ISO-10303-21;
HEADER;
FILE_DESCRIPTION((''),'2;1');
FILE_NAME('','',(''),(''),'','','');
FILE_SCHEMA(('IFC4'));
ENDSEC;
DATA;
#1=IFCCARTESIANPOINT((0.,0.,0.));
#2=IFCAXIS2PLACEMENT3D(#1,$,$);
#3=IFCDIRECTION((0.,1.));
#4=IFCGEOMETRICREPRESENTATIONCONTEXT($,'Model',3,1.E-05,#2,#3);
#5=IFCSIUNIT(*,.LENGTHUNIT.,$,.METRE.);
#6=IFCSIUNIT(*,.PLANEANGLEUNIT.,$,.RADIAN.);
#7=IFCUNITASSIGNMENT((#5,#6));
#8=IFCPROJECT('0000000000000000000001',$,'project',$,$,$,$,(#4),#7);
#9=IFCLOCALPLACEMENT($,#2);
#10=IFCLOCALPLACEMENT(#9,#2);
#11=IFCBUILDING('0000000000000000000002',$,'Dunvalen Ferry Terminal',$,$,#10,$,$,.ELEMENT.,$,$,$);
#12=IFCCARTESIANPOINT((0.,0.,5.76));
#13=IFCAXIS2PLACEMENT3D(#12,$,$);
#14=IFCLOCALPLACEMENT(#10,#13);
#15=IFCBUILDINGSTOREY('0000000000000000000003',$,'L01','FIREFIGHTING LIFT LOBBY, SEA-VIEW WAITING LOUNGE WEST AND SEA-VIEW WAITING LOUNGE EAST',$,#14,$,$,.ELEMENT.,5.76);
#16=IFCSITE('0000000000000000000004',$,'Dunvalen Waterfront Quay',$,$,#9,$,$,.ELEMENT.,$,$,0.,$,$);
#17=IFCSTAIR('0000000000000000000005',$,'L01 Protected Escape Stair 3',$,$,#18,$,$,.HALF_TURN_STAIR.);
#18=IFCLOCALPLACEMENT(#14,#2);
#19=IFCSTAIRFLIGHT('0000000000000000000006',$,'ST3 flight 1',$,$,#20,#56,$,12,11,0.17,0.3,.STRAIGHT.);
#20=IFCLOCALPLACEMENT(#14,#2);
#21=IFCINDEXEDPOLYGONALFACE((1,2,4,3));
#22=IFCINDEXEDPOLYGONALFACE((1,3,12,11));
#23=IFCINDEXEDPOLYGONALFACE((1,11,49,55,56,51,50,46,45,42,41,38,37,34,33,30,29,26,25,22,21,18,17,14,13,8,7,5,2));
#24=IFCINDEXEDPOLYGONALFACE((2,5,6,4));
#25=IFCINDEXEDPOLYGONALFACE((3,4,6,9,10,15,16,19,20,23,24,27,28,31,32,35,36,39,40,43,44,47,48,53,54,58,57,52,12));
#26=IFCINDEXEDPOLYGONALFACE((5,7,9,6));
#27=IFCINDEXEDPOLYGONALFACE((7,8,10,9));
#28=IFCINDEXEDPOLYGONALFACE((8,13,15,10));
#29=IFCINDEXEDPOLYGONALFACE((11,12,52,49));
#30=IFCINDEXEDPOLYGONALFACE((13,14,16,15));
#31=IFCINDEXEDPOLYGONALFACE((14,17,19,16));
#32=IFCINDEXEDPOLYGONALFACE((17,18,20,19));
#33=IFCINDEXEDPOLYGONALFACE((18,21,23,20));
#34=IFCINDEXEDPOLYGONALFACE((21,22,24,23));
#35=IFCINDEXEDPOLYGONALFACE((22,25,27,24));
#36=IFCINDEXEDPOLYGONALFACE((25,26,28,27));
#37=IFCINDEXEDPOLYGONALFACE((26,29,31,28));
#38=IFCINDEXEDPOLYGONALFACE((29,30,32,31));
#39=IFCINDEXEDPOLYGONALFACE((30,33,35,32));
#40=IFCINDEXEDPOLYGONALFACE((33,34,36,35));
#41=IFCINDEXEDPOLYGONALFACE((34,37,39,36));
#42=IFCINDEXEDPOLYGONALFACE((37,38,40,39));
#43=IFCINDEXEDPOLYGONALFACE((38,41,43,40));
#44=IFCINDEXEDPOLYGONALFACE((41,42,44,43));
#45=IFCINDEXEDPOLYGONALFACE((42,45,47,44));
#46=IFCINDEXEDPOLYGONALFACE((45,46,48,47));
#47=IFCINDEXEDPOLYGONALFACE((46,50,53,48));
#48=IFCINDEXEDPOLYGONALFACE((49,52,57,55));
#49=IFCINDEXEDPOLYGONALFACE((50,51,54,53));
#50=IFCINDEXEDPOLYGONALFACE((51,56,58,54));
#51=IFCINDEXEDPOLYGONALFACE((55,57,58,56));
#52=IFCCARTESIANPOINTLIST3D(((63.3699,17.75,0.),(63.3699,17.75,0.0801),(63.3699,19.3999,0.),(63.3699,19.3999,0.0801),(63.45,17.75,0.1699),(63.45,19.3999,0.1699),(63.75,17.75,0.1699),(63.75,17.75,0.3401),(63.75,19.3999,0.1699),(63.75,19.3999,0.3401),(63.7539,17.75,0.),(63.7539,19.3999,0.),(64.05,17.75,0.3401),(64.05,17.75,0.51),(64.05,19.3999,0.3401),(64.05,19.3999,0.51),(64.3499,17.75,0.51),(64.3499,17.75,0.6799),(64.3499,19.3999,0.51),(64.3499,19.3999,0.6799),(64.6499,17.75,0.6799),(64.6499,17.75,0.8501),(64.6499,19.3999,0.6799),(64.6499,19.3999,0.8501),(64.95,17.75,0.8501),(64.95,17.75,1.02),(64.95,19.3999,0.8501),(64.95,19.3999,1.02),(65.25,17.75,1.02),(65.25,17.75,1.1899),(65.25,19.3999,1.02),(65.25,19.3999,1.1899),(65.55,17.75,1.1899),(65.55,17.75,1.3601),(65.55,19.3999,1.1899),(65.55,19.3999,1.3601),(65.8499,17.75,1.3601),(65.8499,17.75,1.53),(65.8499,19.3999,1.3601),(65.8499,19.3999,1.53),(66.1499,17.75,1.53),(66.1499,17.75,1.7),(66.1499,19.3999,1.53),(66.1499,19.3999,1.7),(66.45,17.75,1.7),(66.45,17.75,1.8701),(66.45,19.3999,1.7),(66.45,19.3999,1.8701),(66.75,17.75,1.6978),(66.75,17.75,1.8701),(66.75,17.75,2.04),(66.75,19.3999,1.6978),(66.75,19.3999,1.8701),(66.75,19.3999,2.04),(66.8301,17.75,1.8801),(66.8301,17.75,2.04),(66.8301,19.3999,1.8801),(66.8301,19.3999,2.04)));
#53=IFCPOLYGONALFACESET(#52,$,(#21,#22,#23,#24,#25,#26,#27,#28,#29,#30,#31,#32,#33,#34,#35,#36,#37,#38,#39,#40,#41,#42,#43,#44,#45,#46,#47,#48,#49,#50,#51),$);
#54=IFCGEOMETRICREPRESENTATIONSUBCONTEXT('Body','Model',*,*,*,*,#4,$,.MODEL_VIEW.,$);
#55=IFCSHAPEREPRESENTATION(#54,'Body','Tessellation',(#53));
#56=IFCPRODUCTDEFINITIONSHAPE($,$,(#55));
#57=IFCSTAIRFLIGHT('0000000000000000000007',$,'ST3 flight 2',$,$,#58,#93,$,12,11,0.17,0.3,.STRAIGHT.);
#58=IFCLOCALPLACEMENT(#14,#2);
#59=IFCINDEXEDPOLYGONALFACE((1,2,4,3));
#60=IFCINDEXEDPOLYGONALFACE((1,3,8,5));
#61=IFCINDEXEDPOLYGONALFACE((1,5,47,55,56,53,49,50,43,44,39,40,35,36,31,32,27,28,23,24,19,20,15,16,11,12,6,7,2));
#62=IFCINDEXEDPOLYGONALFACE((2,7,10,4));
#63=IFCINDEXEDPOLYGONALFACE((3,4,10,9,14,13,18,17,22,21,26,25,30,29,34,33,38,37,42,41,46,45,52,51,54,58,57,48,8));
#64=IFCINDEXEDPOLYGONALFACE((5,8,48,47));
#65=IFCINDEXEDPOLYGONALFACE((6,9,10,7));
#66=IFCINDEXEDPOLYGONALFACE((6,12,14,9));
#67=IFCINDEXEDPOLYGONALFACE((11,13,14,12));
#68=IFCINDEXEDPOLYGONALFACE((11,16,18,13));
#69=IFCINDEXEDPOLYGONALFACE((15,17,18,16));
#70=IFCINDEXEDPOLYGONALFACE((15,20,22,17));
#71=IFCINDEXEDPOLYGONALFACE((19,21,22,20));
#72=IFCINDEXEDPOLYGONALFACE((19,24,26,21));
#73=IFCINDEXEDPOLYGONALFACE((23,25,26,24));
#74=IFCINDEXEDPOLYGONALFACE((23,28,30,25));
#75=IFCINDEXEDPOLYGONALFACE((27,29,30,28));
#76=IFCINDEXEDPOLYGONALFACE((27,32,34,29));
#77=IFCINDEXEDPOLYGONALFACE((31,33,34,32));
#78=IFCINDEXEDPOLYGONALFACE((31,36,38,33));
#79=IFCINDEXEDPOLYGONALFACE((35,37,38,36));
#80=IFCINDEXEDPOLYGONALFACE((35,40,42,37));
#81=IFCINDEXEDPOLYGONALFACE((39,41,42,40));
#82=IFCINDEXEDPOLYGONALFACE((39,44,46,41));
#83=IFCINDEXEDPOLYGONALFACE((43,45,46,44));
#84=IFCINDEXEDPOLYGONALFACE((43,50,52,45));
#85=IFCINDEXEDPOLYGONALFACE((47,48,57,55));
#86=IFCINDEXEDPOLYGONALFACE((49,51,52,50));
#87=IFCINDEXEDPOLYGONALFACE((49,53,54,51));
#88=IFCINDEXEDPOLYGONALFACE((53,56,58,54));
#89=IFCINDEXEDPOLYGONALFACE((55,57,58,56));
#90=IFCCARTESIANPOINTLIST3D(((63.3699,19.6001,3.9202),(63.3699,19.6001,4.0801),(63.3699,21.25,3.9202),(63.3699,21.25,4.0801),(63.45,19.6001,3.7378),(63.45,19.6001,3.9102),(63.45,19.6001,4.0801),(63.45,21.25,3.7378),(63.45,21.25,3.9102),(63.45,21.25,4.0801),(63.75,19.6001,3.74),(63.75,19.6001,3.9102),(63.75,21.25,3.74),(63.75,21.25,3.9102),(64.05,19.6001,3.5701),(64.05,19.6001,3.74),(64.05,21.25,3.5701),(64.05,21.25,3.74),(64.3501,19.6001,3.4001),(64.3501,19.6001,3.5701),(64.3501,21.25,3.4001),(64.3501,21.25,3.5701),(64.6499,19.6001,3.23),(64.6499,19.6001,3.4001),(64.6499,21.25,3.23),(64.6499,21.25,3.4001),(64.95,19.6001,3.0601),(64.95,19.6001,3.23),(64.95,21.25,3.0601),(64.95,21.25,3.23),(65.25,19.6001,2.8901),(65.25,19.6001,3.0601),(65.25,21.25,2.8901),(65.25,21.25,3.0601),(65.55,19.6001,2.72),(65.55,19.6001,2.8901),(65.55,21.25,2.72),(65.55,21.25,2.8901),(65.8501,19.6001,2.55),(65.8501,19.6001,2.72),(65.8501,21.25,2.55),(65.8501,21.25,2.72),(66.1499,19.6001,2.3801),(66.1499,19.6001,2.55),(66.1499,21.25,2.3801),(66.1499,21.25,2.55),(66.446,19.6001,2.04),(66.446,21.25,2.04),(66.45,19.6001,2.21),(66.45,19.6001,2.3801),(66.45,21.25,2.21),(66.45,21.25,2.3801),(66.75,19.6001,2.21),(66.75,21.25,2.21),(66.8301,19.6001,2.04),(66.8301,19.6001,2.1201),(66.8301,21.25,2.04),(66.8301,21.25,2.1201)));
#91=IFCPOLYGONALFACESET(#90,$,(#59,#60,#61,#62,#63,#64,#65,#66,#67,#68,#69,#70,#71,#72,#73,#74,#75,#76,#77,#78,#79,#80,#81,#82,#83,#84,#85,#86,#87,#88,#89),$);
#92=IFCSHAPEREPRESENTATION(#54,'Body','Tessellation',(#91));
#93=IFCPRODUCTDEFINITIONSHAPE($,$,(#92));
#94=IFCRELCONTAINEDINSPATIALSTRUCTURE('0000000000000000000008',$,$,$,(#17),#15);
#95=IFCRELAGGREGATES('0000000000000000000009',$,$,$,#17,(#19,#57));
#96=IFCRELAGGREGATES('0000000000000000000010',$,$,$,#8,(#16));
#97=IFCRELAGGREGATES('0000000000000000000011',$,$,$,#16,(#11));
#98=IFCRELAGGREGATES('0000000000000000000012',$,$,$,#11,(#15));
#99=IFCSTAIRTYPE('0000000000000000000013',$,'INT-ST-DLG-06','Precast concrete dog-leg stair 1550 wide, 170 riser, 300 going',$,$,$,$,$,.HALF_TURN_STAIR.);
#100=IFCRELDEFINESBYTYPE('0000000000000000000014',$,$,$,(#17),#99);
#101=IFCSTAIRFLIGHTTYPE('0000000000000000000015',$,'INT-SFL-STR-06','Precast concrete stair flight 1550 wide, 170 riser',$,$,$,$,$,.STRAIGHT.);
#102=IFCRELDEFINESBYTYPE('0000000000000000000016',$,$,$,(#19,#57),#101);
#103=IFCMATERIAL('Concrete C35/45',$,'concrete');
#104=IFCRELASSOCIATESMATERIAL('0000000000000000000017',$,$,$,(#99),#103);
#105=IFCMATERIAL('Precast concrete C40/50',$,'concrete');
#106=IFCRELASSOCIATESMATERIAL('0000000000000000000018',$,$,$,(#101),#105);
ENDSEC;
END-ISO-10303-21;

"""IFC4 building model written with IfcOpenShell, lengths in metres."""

from ifc_helpers import new_model, si_unit, direction, frame, origin, place, context, subcontext, project, spatial, polyline, outline, extrude, material, type_object, element, aggregate, save


model = new_model("IFC4")

# Units and contexts
model_context = context("Model", 3, precision=1e-05, world=origin(), true_north=direction((0.0, 1.0)))
body_context = subcontext(model_context, "Body", "Model", "MODEL_VIEW")
ifc_project = project(units=[si_unit("LENGTHUNIT", "METRE"), si_unit("PLANEANGLEUNIT", "RADIAN")], contexts=[model_context])

# Site, building, storey
site_placement = place(None, origin())
site = spatial("IfcSite", under=ifc_project, at=site_placement, Name="Dunvalen Waterfront Quay", CompositionType="ELEMENT", RefElevation=0.0)
building_placement = place(site_placement, origin())
building = spatial("IfcBuilding", under=site, at=building_placement, Name="Dunvalen Ferry Terminal", CompositionType="ELEMENT")
storey_placement = place(building_placement, frame((0.0, 0.0, 5.76)))
storey = spatial("IfcBuildingStorey", under=building, at=storey_placement, Name="L01", Description="FIREFIGHTING LIFT LOBBY, SEA-VIEW WAITING LOUNGE WEST AND SEA-VIEW WAITING LOUNGE EAST", CompositionType="ELEMENT", Elevation=5.76)

# Shared definitions
ifc_material_1 = material(Name="Concrete C35/45", Category="concrete")

# Stair, stair flights
stair_type = type_object("IfcStairType", Name="INT-ST-DLG-06", Description="Precast concrete dog-leg stair 1550 wide, 170 riser, 300 going", PredefinedType="HALF_TURN_STAIR", material=ifc_material_1)
stair_placement = place(storey_placement, origin())
stair = element("IfcStair", 1, at=stair_placement, inside=storey, type_object=stair_type, Name="L01 Protected Escape Stair 3", PredefinedType="HALF_TURN_STAIR")
ifc_material_2 = material(Name="Precast concrete C40/50", Category="concrete")
stair_flight_type = type_object("IfcStairFlightType", Name="INT-SFL-STR-06", Description="Precast concrete stair flight 1550 wide, 170 riser", PredefinedType="STRAIGHT", material=ifc_material_2)
stair_flight_1_placement = place(storey_placement, frame((63.45, 18.575, 0.0), z_axis=(0.0, 0.0, 1.0), x_axis=(1.0, 0.0, 0.0)))
stair_flight_1 = element("IfcStairFlight", 2, at=stair_flight_1_placement, type_object=stair_flight_type, Name="ST3 flight 1", NumberOfRisers=12, NumberOfTreads=11, PredefinedType="STRAIGHT", RiserHeight=0.17, TreadLength=0.3, context=body_context, shape_type="SweptSolid", body=[
    extrude(outline(polyline([(-0.0801, 0.0), (-0.0801, 0.0801), (0.0, 0.1699), (0.3, 0.1699), (0.3, 0.3401), (0.6001, 0.3401), (0.6001, 0.51), (0.8999, 0.51), (0.8999, 0.6799), (1.2, 0.6799), (1.2, 0.8501), (1.5, 0.8501), (1.5, 1.02), (1.8, 1.02), (1.8, 1.1899), (2.1001, 1.1899), (2.1001, 1.3601), (2.3999, 1.3601), (2.3999, 1.53), (2.7, 1.53), (2.7, 1.7), (3.0, 1.7), (3.0, 1.8701), (3.3, 1.8701), (3.3, 2.04), (3.3801, 2.04), (3.3801, 1.8801), (3.3, 1.6978), (0.304, 0.0), (-0.0801, 0.0)])), frame((0.0, 0.825, 0.0), z_axis=(0.0, -1.0, 0.0), x_axis=(1.0, 0.0, 0.0)), (0.0, 0.0, 1.0), 1.6499),
])
stair_flight_2_placement = place(storey_placement, frame((66.75, 20.425, 2.04), z_axis=(0.0, 0.0, 1.0), x_axis=(-1.0, 0.0, 0.0)))
stair_flight_2 = element("IfcStairFlight", 3, at=stair_flight_2_placement, type_object=stair_flight_type, Name="ST3 flight 2", NumberOfRisers=12, NumberOfTreads=11, PredefinedType="STRAIGHT", RiserHeight=0.17, TreadLength=0.3, context=body_context, shape_type="SweptSolid", body=[
    extrude(outline(polyline([(-0.0801, 0.0), (-0.0801, 0.0801), (0.0, 0.1699), (0.3, 0.1699), (0.3, 0.3401), (0.6001, 0.3401), (0.6001, 0.51), (0.8999, 0.51), (0.8999, 0.6799), (1.2, 0.6799), (1.2, 0.8501), (1.5, 0.8501), (1.5, 1.02), (1.8, 1.02), (1.8, 1.1899), (2.1001, 1.1899), (2.1001, 1.3601), (2.3999, 1.3601), (2.3999, 1.53), (2.7, 1.53), (2.7, 1.7), (3.0, 1.7), (3.0, 1.8701), (3.3, 1.8701), (3.3, 2.04), (3.3801, 2.04), (3.3801, 1.8801), (3.3, 1.6978), (0.304, 0.0), (-0.0801, 0.0)])), frame((0.0, 0.825, 0.0), z_axis=(0.0, -1.0, 0.0), x_axis=(1.0, 0.0, 0.0)), (0.0, 0.0, 1.0), 1.6499),
])
aggregate(stair, [stair_flight_1, stair_flight_2])

save(model, "model.ifc")
